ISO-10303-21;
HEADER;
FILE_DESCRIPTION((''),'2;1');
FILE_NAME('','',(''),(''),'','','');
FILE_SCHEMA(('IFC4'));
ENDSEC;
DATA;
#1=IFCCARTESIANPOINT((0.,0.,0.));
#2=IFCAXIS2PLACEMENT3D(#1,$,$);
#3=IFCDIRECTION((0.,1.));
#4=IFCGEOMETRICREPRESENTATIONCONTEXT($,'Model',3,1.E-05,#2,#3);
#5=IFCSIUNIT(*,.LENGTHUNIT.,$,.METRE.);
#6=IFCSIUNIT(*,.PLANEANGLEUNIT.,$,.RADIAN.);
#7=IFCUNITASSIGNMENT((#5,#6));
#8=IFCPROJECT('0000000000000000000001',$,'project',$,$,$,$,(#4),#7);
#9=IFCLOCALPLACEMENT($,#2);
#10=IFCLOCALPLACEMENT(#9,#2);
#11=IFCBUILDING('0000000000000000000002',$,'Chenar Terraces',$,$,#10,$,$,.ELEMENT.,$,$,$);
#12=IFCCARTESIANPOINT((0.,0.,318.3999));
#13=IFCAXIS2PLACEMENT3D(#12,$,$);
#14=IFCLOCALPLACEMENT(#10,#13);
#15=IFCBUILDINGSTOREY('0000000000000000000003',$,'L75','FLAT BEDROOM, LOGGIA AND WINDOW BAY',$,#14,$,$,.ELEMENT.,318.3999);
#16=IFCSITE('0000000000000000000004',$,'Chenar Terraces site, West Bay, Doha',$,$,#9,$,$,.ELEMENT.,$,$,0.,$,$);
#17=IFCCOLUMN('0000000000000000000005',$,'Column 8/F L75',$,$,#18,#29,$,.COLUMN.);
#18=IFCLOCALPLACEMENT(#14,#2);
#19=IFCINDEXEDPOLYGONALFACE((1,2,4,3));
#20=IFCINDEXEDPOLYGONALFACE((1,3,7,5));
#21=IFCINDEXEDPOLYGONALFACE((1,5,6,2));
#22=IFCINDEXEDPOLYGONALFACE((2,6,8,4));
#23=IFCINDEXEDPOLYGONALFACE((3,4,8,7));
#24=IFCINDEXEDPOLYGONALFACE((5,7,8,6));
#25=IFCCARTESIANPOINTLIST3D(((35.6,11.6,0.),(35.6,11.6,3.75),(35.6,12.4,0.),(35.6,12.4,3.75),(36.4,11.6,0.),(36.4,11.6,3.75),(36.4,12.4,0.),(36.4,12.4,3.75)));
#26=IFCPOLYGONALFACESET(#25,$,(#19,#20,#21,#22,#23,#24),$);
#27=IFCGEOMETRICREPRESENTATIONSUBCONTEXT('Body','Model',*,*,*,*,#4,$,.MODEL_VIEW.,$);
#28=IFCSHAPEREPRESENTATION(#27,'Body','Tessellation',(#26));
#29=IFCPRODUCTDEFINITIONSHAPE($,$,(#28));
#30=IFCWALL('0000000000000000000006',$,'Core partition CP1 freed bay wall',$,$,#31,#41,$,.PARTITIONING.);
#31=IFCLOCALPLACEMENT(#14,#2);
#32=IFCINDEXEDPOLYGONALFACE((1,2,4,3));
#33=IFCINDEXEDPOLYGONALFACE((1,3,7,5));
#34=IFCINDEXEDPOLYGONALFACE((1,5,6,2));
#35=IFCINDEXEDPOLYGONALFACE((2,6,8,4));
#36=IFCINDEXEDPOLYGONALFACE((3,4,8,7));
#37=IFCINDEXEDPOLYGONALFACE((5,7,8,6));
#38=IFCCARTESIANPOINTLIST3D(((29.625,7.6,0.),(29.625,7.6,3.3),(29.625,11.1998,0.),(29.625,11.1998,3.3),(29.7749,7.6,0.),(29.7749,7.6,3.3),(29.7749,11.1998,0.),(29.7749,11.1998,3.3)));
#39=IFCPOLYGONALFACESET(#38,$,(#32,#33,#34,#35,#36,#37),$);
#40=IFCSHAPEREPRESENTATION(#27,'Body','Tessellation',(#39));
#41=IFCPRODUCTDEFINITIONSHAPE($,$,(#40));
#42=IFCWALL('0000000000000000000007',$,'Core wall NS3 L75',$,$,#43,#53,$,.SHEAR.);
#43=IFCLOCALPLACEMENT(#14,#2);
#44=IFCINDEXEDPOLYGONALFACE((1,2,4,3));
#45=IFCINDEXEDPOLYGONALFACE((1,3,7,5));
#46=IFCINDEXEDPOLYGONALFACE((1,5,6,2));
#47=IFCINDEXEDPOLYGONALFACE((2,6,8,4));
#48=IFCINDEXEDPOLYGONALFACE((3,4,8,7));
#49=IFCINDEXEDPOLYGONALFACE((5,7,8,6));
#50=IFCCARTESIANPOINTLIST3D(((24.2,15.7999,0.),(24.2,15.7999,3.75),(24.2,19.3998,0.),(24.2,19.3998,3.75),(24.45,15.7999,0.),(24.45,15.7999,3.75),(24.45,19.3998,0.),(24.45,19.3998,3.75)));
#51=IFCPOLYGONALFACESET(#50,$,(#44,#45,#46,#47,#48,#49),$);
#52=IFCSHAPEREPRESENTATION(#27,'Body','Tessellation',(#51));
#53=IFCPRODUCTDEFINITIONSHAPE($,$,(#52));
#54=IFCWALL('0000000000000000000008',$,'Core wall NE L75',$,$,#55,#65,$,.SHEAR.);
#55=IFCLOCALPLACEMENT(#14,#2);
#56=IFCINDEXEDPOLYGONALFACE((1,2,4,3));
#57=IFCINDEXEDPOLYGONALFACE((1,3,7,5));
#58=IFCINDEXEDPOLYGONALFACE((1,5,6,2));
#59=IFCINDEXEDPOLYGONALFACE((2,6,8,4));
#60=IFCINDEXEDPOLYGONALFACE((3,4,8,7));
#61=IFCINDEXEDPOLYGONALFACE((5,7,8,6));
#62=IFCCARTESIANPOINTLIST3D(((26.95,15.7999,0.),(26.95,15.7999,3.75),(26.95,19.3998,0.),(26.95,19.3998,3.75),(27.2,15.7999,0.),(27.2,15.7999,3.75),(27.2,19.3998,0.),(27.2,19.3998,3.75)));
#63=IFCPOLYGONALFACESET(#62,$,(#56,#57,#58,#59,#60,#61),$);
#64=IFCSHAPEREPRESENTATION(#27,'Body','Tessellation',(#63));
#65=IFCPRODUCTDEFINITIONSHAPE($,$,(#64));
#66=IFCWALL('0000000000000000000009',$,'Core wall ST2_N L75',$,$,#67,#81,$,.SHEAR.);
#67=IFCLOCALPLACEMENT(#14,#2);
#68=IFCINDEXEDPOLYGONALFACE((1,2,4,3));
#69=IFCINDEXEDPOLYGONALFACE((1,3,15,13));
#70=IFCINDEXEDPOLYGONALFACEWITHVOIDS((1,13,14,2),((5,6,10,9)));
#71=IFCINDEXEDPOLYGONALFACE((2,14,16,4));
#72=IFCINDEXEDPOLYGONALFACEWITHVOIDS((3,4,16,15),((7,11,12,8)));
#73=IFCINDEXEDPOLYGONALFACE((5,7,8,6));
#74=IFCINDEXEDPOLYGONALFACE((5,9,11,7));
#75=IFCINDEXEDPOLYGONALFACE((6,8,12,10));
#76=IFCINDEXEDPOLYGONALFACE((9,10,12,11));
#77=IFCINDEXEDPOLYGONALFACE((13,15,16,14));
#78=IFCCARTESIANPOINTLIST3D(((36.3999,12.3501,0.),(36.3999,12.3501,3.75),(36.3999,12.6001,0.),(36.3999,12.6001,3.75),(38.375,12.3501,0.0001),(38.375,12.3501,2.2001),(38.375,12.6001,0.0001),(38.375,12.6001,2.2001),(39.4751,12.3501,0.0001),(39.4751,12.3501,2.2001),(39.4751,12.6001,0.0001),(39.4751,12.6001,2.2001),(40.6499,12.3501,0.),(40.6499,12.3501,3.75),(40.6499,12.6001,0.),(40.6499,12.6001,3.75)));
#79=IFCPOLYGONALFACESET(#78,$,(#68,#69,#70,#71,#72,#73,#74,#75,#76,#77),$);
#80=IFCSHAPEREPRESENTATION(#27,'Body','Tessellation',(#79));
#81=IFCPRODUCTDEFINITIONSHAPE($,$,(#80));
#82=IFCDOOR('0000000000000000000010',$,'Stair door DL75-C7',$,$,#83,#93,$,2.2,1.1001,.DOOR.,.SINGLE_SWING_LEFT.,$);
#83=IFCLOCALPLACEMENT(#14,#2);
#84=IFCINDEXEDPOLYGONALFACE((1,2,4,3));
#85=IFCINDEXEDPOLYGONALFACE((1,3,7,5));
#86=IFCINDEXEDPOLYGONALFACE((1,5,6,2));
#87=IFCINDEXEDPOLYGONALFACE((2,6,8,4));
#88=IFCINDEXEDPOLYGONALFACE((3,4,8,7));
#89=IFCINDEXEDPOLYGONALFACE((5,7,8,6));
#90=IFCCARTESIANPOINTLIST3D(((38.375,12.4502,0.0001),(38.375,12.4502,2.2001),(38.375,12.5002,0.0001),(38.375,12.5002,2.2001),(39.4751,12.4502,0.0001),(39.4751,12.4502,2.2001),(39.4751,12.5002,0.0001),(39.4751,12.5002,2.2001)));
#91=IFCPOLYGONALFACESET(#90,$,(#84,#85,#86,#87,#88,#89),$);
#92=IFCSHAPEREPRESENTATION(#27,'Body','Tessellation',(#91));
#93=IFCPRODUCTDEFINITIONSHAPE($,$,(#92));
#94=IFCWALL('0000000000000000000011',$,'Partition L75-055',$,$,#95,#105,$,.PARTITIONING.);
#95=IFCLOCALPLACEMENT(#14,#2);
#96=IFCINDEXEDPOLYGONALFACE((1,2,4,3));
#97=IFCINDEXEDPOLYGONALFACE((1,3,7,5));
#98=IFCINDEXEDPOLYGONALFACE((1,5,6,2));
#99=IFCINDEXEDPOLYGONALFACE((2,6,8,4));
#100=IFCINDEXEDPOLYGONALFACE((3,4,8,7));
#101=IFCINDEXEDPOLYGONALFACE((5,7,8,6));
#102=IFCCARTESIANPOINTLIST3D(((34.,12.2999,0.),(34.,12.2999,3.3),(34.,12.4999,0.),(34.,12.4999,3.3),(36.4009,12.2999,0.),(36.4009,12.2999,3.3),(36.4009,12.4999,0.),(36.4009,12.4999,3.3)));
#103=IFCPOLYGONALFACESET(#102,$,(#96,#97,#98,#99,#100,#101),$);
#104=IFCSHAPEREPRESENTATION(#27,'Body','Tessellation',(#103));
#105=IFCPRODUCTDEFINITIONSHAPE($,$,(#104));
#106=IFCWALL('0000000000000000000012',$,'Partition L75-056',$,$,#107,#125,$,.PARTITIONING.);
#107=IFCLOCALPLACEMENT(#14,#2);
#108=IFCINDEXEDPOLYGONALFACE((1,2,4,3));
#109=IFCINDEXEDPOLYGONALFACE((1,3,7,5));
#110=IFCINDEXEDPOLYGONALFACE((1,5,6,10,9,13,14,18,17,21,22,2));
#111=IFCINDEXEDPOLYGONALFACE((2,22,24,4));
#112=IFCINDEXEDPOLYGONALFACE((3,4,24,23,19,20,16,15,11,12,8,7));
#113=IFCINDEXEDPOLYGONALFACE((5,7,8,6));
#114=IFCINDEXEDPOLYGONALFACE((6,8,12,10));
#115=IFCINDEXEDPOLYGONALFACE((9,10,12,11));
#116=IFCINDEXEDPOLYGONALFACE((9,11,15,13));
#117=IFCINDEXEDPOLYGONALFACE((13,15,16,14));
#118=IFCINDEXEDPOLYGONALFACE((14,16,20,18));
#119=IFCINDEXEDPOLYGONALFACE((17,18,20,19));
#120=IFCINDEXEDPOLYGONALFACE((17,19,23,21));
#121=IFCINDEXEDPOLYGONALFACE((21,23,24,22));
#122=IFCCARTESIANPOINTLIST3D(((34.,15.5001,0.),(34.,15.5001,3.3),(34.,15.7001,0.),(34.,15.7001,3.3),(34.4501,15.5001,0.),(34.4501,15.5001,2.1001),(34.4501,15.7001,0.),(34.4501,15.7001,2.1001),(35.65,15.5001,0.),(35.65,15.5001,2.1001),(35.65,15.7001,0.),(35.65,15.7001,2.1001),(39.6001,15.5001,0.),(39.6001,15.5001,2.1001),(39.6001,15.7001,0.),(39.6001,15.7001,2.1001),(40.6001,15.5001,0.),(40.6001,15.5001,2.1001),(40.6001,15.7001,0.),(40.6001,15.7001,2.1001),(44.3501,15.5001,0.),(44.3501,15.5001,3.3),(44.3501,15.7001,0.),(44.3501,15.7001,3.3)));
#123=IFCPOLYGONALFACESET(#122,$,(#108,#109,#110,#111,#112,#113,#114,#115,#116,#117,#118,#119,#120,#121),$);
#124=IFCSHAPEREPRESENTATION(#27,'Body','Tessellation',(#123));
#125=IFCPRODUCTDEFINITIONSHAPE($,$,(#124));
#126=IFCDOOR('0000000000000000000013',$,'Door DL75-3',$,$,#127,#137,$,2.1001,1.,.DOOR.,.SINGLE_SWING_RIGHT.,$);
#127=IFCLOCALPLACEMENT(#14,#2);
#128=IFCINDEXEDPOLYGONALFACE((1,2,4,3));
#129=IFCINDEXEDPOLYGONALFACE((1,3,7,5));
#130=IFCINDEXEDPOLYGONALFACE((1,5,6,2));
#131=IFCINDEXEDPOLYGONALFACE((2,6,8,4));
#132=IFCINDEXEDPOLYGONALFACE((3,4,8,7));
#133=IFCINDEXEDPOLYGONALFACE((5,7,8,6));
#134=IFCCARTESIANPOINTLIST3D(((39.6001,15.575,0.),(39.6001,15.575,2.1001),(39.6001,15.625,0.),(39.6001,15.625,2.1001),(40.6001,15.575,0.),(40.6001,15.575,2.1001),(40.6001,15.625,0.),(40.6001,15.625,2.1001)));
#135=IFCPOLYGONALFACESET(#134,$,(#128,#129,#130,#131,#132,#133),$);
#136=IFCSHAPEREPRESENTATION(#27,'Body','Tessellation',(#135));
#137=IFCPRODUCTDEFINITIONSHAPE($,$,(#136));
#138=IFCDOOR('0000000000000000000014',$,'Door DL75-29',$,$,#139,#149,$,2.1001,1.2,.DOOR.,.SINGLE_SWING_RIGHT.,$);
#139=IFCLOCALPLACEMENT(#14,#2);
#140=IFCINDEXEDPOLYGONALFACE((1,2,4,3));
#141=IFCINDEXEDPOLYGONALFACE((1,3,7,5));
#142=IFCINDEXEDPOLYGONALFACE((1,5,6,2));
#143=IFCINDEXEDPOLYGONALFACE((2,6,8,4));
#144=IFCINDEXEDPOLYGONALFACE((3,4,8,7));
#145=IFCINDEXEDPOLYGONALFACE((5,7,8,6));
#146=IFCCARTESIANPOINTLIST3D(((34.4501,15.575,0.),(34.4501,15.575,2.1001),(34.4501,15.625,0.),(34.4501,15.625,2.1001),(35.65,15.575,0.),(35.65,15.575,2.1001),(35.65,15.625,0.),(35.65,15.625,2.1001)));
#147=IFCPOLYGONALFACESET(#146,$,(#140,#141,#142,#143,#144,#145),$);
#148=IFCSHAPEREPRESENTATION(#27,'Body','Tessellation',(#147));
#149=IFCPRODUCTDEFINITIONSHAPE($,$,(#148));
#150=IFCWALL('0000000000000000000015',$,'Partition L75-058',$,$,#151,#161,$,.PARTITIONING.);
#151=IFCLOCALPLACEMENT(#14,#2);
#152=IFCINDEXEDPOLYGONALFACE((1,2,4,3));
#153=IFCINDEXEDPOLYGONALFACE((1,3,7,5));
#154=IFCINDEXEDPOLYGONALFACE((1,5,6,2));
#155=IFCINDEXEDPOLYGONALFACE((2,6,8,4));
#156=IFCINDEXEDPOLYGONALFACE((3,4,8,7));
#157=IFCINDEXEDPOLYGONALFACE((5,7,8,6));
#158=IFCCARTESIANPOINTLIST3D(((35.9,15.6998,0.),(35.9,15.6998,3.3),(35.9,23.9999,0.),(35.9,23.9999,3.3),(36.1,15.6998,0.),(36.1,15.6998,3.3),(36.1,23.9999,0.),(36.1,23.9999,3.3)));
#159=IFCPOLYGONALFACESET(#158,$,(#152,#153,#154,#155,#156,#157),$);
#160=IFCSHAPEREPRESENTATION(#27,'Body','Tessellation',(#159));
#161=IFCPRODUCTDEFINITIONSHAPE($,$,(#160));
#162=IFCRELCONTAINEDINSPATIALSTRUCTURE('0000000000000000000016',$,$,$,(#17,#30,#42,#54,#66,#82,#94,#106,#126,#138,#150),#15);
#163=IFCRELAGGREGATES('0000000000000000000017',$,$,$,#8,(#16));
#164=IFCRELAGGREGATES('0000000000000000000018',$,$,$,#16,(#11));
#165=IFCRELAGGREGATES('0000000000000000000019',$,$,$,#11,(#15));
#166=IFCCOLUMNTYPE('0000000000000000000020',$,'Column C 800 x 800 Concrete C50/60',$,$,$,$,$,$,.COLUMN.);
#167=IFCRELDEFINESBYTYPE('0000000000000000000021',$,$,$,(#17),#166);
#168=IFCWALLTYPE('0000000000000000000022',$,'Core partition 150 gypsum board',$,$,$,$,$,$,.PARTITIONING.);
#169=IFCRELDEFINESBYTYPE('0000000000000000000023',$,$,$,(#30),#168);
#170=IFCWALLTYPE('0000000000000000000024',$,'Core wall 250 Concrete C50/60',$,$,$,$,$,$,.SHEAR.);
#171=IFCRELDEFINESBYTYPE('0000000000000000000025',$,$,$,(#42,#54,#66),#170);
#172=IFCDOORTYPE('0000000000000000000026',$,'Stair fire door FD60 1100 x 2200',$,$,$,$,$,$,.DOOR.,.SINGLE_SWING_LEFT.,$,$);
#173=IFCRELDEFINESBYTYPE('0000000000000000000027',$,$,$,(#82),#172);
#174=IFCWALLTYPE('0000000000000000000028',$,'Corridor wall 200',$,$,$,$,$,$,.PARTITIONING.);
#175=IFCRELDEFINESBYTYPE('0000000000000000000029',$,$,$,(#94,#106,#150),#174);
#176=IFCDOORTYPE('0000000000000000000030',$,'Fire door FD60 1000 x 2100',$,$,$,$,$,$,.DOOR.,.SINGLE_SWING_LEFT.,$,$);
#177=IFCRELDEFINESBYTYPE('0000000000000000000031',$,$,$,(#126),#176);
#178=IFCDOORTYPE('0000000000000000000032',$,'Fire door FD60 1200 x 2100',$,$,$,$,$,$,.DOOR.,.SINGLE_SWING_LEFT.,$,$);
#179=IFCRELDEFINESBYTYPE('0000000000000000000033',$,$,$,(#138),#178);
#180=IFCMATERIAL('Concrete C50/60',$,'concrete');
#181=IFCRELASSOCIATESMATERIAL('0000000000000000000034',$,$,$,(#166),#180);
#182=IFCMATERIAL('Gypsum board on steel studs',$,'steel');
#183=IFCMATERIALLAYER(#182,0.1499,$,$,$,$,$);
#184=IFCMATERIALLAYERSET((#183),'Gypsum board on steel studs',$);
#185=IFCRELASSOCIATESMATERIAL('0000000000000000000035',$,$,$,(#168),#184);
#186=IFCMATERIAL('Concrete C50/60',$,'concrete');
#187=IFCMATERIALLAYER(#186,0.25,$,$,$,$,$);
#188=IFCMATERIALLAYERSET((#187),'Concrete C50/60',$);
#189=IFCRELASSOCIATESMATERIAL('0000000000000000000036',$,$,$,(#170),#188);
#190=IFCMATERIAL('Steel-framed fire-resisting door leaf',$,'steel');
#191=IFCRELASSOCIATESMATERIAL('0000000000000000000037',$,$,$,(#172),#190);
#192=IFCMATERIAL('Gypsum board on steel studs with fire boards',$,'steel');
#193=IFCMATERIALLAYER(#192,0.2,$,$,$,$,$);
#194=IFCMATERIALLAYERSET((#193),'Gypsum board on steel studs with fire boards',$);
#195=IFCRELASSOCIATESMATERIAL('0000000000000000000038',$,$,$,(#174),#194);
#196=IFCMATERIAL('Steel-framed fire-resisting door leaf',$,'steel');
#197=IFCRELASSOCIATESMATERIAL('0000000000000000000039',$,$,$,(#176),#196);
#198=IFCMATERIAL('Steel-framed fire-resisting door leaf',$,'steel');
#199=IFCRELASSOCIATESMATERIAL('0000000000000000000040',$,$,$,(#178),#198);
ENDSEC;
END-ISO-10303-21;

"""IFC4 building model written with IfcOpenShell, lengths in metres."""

from ifc_helpers import new_model, si_unit, direction, frame, frame_2d, origin, origin_2d, place, context, subcontext, project, spatial, rectangle, extrude, material, layer, layer_set, material_profile, profile_set, type_object, element, fill, save


model = new_model("IFC4")

# Units and contexts
model_context = context("Model", 3, precision=1e-05, world=origin(), true_north=direction((0.0, 1.0)))
body_context = subcontext(model_context, "Body", "Model", "MODEL_VIEW")
ifc_project = project(units=[si_unit("LENGTHUNIT", "METRE"), si_unit("PLANEANGLEUNIT", "RADIAN")], contexts=[model_context])

# Site, building, storey
site_placement = place(None, origin())
site = spatial("IfcSite", under=ifc_project, at=site_placement, Name="Chenar Terraces site, West Bay, Doha", CompositionType="ELEMENT", RefElevation=0.0)
building_placement = place(site_placement, origin())
building = spatial("IfcBuilding", under=site, at=building_placement, Name="Chenar Terraces", CompositionType="ELEMENT")
storey_placement = place(building_placement, frame((0.0, 0.0, 318.3999)))
storey = spatial("IfcBuildingStorey", under=building, at=storey_placement, Name="L75", Description="FLAT BEDROOM, LOGGIA AND WINDOW BAY", CompositionType="ELEMENT", Elevation=318.3999)

# Column
ifc_material_1 = material(Name="Concrete C50/60", Category="concrete")
ifc_material_profile = material_profile(ifc_material_1, rectangle(XDim=0.8, YDim=0.8, at=origin_2d()), Name="C 800 x 800")
ifc_profile_set = profile_set([ifc_material_profile], Name="Concrete C50/60")
column_type = type_object("IfcColumnType", Name="Column C 800 x 800 Concrete C50/60", PredefinedType="COLUMN", material=ifc_profile_set)
column_placement = place(storey_placement, frame((36.0, 12.0, 0.0), z_axis=(0.0, 0.0, 1.0), x_axis=(1.0, 0.0, 0.0)))
element("IfcColumn", 1, at=column_placement, inside=storey, type_object=column_type, Name="Column 8/F L75", PredefinedType="COLUMN", context=body_context, shape_type="SweptSolid", body=[
    extrude(rectangle(XDim=0.8, YDim=0.8, at=origin_2d()), origin(), (0.0, 0.0, 1.0), 3.75),
])

# Walls
ifc_material_2 = material(Name="Gypsum board on steel studs", Category="steel")
ifc_layer_1 = layer(ifc_material_2, 0.1499)
ifc_layer_set_1 = layer_set([ifc_layer_1], Name="Gypsum board on steel studs")
wall_type_1 = type_object("IfcWallType", Name="Core partition 150 gypsum board", PredefinedType="PARTITIONING", material=ifc_layer_set_1)
wall_1_placement = place(storey_placement, frame((29.7, 7.6001, 0.0), z_axis=(0.0, 0.0, 1.0), x_axis=(0.0, 1.0, 0.0)))
element("IfcWall", 2, at=wall_1_placement, inside=storey, type_object=wall_type_1, Name="Core partition CP1 freed bay wall", PredefinedType="PARTITIONING", context=body_context, shape_type="SweptSolid", body=[
    extrude(rectangle(XDim=3.5999, YDim=0.1499, at=frame_2d((1.7998, 0.0))), origin(), (0.0, 0.0, 1.0), 3.3),
])
ifc_material_3 = material(Name="Concrete C50/60", Category="concrete")
ifc_layer_2 = layer(ifc_material_3, 0.25)
ifc_layer_set_2 = layer_set([ifc_layer_2], Name="Concrete C50/60")
wall_type_2 = type_object("IfcWallType", Name="Core wall 250 Concrete C50/60", PredefinedType="SHEAR", material=ifc_layer_set_2)
for number, where, z_axis, x_axis, name in (
    (3, (24.325, 15.8, 0.0), (0.0, 0.0, 1.0), (0.0, 1.0, 0.0), "Core wall NS3 L75"),
    (4, (27.075, 15.8, 0.0), (0.0, 0.0, 1.0), (0.0, 1.0, 0.0), "Core wall NE L75"),
):
    element("IfcWall", number, at=place(storey_placement, frame(where, z_axis=z_axis, x_axis=x_axis)), inside=storey, type_object=wall_type_2, Name=name, PredefinedType="SHEAR", context=body_context, shape_type="SweptSolid", body=[
        extrude(rectangle(XDim=3.5999, YDim=0.25, at=frame_2d((1.7998, 0.0))), origin(), (0.0, 0.0, 1.0), 3.75),
    ])

# Wall, opening, door
wall_2_placement = place(storey_placement, frame((36.3999, 12.4751, 0.0), z_axis=(0.0, 0.0, 1.0), x_axis=(1.0, 0.0, 0.0)))
wall_2 = element("IfcWall", 5, at=wall_2_placement, inside=storey, type_object=wall_type_2, Name="Core wall ST2_N L75", PredefinedType="SHEAR", context=body_context, shape_type="SweptSolid", body=[
    extrude(rectangle(XDim=4.25, YDim=0.25, at=frame_2d((2.125, 0.0))), origin(), (0.0, 0.0, 1.0), 3.75),
])
opening_1_placement = place(wall_2_placement, frame((1.9751, 0.0, 0.0)))
opening_1 = element("IfcOpeningElement", 6, at=opening_1_placement, cuts=wall_2, PredefinedType="OPENING", context=body_context, shape_type="SweptSolid", body=[
    extrude(rectangle(XDim=1.1001, YDim=2.2, at=frame_2d((0.55, 1.1001))), frame((0.0, 0.135, 0.0), z_axis=(0.0, -1.0, 0.0), x_axis=(1.0, 0.0, 0.0)), (0.0, 0.0, 1.0), 0.27),
])
ifc_material_4 = material(Name="Steel-framed fire-resisting door leaf", Category="steel")
door_type_1 = type_object("IfcDoorType", Name="Stair fire door FD60 1100 x 2200", OperationType="SINGLE_SWING_LEFT", PredefinedType="DOOR", material=ifc_material_4)
door_1_placement = place(opening_1_placement, frame((1.1001, 0.0, 0.0), z_axis=(0.0, 0.0, 1.0), x_axis=(-1.0, 0.0, 0.0)))
door_1 = element("IfcDoor", 7, at=door_1_placement, inside=storey, type_object=door_type_1, Name="Stair door DL75-C7", OperationType="SINGLE_SWING_LEFT", OverallHeight=2.2, OverallWidth=1.1001, PredefinedType="DOOR", context=body_context, shape_type="SweptSolid", body=[
    extrude(rectangle(XDim=1.1001, YDim=2.2, at=frame_2d((0.55, 1.1001))), frame((0.0, 0.0249, 0.0), z_axis=(0.0, -1.0, 0.0), x_axis=(1.0, 0.0, 0.0)), (0.0, 0.0, 1.0), 0.05),
])
fill(opening_1, door_1)

# Wall
ifc_material_5 = material(Name="Gypsum board on steel studs with fire boards", Category="steel")
ifc_layer_3 = layer(ifc_material_5, 0.2)
ifc_layer_set_3 = layer_set([ifc_layer_3], Name="Gypsum board on steel studs with fire boards")
wall_type_3 = type_object("IfcWallType", Name="Corridor wall 200", PredefinedType="PARTITIONING", material=ifc_layer_set_3)
wall_3_placement = place(storey_placement, frame((34.0, 12.3999, 0.0), z_axis=(0.0, 0.0, 1.0), x_axis=(1.0, 0.0, 0.0)))
element("IfcWall", 8, at=wall_3_placement, inside=storey, type_object=wall_type_3, Name="Partition L75-055", PredefinedType="PARTITIONING", context=body_context, shape_type="SweptSolid", body=[
    extrude(rectangle(XDim=2.4009, YDim=0.2, at=frame_2d((1.2004, 0.0))), origin(), (0.0, 0.0, 1.0), 3.3),
])

# Wall, openings, doors
wall_4_placement = place(storey_placement, frame((34.0, 15.6001, 0.0), z_axis=(0.0, 0.0, 1.0), x_axis=(1.0, 0.0, 0.0)))
wall_4 = element("IfcWall", 9, at=wall_4_placement, inside=storey, type_object=wall_type_3, Name="Partition L75-056", PredefinedType="PARTITIONING", context=body_context, shape_type="SweptSolid", body=[
    extrude(rectangle(XDim=10.3501, YDim=0.2, at=frame_2d((5.175, 0.0))), origin(), (0.0, 0.0, 1.0), 3.3),
])
opening_2_placement = place(wall_4_placement, frame((5.6001, 0.0, 0.0)))
opening_2 = element("IfcOpeningElement", 10, at=opening_2_placement, cuts=wall_4, PredefinedType="OPENING", context=body_context, shape_type="SweptSolid", body=[
    extrude(rectangle(XDim=1.0, YDim=2.1001, at=frame_2d((0.5, 1.05))), frame((0.0, 0.1099, 0.0), z_axis=(0.0, -1.0, 0.0), x_axis=(1.0, 0.0, 0.0)), (0.0, 0.0, 1.0), 0.22),
])
opening_3_placement = place(wall_4_placement, frame((0.45, 0.0, 0.0)))
opening_3 = element("IfcOpeningElement", 11, at=opening_3_placement, cuts=wall_4, PredefinedType="OPENING", context=body_context, shape_type="SweptSolid", body=[
    extrude(rectangle(XDim=1.2, YDim=2.1001, at=frame_2d((0.6001, 1.05))), frame((0.0, 0.1099, 0.0), z_axis=(0.0, -1.0, 0.0), x_axis=(1.0, 0.0, 0.0)), (0.0, 0.0, 1.0), 0.22),
])
ifc_material_6 = material(Name="Steel-framed fire-resisting door leaf", Category="steel")
door_type_2 = type_object("IfcDoorType", Name="Fire door FD60 1000 x 2100", OperationType="SINGLE_SWING_LEFT", PredefinedType="DOOR", material=ifc_material_6)
door_2_placement = place(opening_2_placement, origin())
door_2 = element("IfcDoor", 12, at=door_2_placement, inside=storey, type_object=door_type_2, Name="Door DL75-3", OperationType="SINGLE_SWING_RIGHT", OverallHeight=2.1001, OverallWidth=1.0, PredefinedType="DOOR", context=body_context, shape_type="SweptSolid", body=[
    extrude(rectangle(XDim=1.0, YDim=2.1001, at=frame_2d((0.5, 1.05))), frame((0.0, 0.0249, 0.0), z_axis=(0.0, -1.0, 0.0), x_axis=(1.0, 0.0, 0.0)), (0.0, 0.0, 1.0), 0.05),
])
fill(opening_2, door_2)
ifc_material_7 = material(Name="Steel-framed fire-resisting door leaf", Category="steel")
door_type_3 = type_object("IfcDoorType", Name="Fire door FD60 1200 x 2100", OperationType="SINGLE_SWING_LEFT", PredefinedType="DOOR", material=ifc_material_7)
door_3_placement = place(opening_3_placement, origin())
door_3 = element("IfcDoor", 13, at=door_3_placement, inside=storey, type_object=door_type_3, Name="Door DL75-29", OperationType="SINGLE_SWING_RIGHT", OverallHeight=2.1001, OverallWidth=1.2, PredefinedType="DOOR", context=body_context, shape_type="SweptSolid", body=[
    extrude(rectangle(XDim=1.2, YDim=2.1001, at=frame_2d((0.6001, 1.05))), frame((0.0, 0.0249, 0.0), z_axis=(0.0, -1.0, 0.0), x_axis=(1.0, 0.0, 0.0)), (0.0, 0.0, 1.0), 0.05),
])
fill(opening_3, door_3)

# Wall
wall_5_placement = place(storey_placement, frame((36.0, 15.7, 0.0), z_axis=(0.0, 0.0, 1.0), x_axis=(0.0, 1.0, 0.0)))
element("IfcWall", 14, at=wall_5_placement, inside=storey, type_object=wall_type_3, Name="Partition L75-058", PredefinedType="PARTITIONING", context=body_context, shape_type="SweptSolid", body=[
    extrude(rectangle(XDim=8.3, YDim=0.2, at=frame_2d((4.1499, 0.0))), origin(), (0.0, 0.0, 1.0), 3.3),
])

save(model, "model.ifc")
